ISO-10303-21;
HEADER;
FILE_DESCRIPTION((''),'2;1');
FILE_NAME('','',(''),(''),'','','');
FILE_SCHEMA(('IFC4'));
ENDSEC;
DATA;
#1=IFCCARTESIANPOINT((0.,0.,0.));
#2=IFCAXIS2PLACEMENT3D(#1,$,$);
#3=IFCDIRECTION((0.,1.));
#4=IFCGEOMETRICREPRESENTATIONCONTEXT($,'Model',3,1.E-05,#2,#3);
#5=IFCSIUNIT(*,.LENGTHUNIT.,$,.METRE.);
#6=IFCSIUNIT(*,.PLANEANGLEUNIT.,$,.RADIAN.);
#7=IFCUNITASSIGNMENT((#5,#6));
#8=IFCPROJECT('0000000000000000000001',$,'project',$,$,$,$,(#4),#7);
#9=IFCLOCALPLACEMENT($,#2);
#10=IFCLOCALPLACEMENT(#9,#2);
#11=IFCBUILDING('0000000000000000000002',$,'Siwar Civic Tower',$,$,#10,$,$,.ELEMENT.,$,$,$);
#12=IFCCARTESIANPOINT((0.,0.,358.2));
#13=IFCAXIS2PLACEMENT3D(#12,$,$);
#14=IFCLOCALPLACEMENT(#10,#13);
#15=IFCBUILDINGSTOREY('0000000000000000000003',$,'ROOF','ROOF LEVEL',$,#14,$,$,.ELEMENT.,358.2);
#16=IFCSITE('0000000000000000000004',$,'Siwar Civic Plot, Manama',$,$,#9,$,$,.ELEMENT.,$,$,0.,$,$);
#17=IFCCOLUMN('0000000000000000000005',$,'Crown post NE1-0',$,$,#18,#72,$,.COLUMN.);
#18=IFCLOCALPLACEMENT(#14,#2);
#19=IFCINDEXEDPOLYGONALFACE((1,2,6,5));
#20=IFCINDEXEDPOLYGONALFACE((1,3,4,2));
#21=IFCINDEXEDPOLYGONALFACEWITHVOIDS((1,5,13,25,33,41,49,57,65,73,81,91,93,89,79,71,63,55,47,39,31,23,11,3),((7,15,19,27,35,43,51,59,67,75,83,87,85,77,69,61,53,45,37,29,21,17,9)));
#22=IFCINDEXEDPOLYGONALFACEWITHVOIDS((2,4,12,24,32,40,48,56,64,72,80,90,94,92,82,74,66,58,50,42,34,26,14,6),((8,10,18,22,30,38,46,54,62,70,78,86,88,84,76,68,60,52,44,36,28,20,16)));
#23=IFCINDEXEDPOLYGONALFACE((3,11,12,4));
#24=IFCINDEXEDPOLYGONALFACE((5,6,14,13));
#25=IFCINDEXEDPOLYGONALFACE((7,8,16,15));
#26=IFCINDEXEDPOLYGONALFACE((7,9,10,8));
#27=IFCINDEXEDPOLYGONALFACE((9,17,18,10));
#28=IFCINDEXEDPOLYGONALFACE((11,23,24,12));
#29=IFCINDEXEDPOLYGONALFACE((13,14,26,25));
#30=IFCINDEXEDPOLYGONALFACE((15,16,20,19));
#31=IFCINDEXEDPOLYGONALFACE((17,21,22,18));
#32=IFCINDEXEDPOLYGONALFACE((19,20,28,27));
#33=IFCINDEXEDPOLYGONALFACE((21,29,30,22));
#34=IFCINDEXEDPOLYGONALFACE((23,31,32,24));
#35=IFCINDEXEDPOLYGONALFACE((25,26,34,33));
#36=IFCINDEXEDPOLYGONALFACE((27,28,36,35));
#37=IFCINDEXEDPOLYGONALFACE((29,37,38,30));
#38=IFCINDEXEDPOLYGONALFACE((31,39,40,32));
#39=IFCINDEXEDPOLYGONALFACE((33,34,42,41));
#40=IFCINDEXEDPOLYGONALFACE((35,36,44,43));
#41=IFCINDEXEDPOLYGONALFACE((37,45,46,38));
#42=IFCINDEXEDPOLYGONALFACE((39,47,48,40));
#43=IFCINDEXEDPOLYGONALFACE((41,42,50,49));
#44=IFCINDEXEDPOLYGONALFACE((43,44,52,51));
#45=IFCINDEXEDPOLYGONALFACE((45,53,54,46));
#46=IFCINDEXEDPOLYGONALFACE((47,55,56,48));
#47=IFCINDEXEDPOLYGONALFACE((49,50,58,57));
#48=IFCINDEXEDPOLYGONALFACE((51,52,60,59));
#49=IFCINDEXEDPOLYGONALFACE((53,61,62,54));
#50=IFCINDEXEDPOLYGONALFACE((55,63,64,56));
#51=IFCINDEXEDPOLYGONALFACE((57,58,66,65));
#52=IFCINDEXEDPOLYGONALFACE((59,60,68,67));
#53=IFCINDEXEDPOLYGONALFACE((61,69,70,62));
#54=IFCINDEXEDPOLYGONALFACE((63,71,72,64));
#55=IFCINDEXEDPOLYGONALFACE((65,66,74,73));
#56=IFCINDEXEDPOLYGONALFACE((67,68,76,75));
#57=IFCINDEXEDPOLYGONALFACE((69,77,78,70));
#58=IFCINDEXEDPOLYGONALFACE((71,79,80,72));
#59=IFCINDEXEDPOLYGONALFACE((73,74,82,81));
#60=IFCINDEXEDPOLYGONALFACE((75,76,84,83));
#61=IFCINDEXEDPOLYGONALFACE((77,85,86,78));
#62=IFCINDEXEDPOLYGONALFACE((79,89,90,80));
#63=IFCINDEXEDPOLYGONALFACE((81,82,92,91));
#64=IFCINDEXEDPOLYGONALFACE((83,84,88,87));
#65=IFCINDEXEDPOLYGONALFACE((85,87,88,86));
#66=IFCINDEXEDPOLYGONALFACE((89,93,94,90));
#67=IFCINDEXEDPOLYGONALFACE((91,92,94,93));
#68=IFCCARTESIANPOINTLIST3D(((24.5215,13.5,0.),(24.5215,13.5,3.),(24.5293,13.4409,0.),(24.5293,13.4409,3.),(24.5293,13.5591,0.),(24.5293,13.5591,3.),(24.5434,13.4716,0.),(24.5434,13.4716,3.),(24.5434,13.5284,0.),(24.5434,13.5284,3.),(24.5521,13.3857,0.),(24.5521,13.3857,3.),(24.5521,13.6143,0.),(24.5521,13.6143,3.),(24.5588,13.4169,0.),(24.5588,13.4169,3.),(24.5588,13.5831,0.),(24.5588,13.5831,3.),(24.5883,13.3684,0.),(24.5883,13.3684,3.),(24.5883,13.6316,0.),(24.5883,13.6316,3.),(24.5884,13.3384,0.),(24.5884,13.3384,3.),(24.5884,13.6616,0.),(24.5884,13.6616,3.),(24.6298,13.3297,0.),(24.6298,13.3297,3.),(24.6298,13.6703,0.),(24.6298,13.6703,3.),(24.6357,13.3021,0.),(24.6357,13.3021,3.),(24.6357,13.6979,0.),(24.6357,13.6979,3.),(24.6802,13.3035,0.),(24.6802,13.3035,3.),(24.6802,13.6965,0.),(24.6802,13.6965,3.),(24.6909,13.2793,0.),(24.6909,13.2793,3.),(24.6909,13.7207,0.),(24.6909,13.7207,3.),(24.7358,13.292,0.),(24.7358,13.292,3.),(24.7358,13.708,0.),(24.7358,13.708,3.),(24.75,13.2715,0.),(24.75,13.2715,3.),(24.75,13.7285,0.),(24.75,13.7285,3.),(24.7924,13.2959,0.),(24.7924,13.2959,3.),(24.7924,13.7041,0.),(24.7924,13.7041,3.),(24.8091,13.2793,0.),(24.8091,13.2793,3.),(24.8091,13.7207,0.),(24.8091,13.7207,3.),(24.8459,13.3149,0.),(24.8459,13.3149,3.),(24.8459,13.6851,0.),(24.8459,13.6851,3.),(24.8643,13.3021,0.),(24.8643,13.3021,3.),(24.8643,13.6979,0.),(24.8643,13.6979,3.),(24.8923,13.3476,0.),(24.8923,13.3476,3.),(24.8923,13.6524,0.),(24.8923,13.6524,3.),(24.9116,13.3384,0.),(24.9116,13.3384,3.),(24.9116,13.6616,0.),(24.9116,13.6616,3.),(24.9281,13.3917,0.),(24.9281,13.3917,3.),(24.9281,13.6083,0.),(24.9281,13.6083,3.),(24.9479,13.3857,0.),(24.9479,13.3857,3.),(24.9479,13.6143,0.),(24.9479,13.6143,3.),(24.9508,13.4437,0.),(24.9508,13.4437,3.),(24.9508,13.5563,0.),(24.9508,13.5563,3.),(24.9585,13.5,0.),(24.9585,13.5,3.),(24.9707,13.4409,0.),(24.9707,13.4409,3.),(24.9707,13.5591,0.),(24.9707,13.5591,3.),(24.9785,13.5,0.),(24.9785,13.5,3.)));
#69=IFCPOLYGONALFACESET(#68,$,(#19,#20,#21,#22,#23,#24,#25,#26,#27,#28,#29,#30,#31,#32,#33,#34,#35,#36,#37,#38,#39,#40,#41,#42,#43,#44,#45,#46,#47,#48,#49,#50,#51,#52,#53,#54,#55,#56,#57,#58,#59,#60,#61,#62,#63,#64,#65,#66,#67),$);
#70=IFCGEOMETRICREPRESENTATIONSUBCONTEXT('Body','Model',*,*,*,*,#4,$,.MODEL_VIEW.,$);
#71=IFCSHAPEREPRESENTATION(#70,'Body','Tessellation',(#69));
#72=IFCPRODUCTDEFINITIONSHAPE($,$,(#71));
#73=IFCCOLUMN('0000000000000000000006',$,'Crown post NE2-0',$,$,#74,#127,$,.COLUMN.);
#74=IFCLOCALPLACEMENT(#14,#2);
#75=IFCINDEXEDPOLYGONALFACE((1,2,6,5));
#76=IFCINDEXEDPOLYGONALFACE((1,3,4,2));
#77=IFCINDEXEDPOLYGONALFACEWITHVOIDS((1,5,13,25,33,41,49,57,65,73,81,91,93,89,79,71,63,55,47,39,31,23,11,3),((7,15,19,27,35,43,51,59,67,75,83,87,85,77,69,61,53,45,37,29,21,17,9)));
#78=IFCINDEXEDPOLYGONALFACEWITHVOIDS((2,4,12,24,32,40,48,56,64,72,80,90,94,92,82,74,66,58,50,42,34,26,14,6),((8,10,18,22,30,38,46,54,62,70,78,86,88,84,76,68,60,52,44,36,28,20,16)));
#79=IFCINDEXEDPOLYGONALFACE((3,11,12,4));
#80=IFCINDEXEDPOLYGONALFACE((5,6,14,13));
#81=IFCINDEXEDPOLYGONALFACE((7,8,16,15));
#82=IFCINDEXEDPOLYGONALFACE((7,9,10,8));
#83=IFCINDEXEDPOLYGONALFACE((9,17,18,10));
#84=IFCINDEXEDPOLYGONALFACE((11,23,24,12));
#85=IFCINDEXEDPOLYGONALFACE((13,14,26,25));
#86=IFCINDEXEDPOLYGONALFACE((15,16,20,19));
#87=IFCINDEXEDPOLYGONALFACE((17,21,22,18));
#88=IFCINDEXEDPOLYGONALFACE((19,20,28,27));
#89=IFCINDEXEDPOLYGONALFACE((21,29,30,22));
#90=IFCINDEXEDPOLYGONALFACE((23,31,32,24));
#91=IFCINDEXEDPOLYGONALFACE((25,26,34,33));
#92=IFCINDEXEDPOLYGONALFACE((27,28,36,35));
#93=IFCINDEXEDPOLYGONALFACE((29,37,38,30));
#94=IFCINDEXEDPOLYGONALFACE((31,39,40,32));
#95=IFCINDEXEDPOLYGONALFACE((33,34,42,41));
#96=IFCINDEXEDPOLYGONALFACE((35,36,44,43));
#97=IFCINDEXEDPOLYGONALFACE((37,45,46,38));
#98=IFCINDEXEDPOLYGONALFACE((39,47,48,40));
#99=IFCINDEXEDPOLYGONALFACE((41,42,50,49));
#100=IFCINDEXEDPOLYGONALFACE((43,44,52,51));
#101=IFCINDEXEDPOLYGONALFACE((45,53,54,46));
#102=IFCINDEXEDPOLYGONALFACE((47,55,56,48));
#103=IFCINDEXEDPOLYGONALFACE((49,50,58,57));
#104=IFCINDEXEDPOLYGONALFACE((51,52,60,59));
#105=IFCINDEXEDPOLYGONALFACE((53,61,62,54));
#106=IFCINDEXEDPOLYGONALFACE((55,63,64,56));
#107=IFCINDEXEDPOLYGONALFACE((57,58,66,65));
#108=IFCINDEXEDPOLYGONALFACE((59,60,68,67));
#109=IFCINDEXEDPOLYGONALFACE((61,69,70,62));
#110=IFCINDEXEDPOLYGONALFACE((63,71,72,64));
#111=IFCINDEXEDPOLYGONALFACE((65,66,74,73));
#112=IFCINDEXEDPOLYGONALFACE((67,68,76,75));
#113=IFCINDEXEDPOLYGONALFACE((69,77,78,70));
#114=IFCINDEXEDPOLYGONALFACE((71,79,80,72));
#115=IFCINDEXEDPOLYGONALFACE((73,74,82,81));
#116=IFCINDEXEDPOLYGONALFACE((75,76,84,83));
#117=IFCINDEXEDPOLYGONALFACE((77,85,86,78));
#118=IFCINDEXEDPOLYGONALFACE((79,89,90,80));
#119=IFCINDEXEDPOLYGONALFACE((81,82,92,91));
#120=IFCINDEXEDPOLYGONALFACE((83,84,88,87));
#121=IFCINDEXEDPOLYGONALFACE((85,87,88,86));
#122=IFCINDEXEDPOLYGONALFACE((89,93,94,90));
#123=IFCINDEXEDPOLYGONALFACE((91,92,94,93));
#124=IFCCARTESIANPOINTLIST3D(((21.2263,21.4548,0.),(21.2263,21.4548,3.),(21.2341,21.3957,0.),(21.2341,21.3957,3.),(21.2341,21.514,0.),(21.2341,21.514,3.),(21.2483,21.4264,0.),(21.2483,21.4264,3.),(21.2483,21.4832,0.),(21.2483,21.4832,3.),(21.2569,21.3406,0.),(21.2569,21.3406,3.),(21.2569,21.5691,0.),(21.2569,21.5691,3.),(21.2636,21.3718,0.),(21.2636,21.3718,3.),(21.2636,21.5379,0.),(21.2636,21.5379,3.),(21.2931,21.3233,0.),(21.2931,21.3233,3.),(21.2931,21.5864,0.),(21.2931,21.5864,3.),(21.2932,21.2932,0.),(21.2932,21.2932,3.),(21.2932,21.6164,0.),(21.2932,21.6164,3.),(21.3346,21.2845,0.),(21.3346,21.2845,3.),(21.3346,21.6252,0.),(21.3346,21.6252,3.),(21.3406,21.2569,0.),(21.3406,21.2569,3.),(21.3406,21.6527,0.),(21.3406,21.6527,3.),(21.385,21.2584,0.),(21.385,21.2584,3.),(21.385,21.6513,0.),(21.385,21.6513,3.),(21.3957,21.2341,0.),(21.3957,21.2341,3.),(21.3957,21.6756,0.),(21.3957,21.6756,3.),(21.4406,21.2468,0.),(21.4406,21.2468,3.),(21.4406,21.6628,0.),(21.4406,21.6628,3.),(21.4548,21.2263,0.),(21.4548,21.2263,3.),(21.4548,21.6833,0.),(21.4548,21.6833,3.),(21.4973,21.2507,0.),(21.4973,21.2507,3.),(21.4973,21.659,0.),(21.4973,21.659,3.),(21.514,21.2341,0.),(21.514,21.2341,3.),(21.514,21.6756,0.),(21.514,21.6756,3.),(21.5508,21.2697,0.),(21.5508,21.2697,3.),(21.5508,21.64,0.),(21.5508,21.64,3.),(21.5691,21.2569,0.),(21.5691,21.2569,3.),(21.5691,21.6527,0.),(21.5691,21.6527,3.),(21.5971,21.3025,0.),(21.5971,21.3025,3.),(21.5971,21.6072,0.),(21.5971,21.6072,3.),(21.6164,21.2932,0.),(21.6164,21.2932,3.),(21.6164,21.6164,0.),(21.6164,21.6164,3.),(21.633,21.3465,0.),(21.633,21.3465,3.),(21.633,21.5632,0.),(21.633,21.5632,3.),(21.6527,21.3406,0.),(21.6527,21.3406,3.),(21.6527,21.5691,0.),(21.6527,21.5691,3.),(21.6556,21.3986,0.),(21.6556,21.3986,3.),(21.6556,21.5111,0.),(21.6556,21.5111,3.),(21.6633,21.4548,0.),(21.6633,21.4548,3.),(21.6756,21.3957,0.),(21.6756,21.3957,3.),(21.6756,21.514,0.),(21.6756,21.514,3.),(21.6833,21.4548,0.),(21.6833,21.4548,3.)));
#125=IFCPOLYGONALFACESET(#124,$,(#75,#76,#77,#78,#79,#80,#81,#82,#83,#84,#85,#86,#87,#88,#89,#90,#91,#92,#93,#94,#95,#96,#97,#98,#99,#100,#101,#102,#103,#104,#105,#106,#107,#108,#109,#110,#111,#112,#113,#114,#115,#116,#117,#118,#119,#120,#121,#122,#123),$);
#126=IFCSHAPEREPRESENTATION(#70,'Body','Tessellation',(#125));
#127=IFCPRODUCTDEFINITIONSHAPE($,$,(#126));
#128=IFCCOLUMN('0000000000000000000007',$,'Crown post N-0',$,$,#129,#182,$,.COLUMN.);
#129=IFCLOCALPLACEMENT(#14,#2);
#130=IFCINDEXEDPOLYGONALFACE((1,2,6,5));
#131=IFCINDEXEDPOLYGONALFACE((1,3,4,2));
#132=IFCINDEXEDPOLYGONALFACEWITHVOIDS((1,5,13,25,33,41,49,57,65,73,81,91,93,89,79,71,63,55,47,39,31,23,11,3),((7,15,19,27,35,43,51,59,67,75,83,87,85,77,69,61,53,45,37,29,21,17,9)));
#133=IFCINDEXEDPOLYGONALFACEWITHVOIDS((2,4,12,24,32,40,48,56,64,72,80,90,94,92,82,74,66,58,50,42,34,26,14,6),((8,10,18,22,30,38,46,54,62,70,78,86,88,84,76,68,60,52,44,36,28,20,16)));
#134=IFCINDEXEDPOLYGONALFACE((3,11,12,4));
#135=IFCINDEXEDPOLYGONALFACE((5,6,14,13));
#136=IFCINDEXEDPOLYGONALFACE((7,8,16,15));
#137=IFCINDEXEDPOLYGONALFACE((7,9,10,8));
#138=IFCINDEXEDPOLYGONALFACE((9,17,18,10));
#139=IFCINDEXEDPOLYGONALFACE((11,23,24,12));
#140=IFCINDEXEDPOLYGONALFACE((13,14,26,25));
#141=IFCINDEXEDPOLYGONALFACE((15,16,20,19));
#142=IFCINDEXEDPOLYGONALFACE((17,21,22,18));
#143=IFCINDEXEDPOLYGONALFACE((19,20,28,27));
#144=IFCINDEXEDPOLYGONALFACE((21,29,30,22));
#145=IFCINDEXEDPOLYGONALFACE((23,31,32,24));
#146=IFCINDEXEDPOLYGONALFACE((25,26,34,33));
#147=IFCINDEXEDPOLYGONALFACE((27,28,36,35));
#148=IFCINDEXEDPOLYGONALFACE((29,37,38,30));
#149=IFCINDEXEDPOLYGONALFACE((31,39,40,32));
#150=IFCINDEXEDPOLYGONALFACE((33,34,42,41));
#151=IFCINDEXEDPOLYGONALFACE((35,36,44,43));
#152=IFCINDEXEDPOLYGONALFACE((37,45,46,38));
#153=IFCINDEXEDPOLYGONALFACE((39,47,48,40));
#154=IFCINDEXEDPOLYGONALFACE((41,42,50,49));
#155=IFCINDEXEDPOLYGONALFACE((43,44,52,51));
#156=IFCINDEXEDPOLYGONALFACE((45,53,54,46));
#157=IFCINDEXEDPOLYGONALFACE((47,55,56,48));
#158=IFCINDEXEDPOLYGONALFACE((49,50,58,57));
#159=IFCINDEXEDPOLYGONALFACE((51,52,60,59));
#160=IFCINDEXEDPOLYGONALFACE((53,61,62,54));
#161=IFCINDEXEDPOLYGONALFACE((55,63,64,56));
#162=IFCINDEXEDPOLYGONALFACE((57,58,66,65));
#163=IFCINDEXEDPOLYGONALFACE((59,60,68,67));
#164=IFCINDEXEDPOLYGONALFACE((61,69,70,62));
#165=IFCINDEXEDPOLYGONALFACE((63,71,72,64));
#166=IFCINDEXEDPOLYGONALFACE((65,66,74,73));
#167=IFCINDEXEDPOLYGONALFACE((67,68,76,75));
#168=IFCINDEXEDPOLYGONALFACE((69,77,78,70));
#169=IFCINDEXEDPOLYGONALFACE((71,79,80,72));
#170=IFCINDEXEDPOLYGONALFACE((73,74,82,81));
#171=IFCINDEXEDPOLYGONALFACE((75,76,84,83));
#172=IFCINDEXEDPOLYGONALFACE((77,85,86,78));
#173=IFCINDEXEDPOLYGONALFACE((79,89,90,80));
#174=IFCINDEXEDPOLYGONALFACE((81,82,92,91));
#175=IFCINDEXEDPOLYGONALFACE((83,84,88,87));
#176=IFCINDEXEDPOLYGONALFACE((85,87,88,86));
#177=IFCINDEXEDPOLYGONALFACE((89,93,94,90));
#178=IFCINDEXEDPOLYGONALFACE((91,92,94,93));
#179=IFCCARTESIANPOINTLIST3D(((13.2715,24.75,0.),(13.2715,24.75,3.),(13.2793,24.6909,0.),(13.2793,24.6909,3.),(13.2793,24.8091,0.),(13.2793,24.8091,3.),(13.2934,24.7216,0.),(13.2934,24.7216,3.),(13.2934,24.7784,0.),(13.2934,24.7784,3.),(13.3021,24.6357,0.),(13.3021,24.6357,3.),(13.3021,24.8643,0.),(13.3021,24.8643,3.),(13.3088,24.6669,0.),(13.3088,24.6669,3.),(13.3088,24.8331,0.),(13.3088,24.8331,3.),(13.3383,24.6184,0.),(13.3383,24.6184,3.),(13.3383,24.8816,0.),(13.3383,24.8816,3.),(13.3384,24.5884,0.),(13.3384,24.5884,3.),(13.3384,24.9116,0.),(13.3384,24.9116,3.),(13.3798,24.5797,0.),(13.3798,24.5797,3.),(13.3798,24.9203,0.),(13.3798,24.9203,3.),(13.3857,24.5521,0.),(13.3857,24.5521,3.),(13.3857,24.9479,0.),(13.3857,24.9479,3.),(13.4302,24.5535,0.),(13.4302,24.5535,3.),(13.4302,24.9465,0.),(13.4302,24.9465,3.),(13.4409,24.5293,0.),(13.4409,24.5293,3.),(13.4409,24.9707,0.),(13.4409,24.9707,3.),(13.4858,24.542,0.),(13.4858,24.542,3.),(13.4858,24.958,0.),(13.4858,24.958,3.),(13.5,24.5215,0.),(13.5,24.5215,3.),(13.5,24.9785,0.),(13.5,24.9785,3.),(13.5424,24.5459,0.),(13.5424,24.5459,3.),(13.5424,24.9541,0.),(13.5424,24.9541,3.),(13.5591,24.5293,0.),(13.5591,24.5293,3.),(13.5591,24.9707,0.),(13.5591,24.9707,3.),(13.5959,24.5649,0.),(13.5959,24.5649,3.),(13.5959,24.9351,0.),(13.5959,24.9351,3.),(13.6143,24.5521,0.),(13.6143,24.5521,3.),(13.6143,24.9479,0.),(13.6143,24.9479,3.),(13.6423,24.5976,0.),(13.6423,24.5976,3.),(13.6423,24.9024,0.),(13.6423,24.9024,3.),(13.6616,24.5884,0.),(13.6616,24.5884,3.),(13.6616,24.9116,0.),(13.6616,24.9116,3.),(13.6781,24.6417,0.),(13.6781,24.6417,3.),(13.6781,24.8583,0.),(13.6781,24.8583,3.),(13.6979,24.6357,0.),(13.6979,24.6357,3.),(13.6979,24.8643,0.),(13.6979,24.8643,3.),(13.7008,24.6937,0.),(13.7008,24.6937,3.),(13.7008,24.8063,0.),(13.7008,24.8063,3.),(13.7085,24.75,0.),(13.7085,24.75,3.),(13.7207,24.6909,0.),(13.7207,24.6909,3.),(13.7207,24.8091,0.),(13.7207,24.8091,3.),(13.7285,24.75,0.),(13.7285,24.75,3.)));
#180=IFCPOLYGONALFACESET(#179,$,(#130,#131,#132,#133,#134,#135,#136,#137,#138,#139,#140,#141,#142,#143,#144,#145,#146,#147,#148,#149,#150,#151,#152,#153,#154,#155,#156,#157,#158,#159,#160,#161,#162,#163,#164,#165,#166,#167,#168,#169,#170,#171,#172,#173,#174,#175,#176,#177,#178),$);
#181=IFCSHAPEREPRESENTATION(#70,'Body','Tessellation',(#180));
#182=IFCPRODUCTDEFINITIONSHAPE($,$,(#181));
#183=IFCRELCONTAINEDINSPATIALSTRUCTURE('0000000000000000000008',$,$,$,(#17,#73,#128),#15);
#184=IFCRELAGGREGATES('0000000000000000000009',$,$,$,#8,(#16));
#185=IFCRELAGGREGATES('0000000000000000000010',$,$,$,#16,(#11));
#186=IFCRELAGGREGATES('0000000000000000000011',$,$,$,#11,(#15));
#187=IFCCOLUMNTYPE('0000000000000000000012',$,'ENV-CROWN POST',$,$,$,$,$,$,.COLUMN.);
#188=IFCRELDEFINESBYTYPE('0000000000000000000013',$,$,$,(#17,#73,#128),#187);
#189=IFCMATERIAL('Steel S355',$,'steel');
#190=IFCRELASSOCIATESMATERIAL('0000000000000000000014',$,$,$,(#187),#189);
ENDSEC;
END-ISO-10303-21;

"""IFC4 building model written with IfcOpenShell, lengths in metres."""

from ifc_helpers import new_model, si_unit, direction, frame, origin, origin_2d, place, context, subcontext, project, spatial, hollow_circle, extrude, material, material_profile, profile_set, type_object, element, save


model = new_model("IFC4")

# Units and contexts
model_context = context("Model", 3, precision=1e-05, world=origin(), true_north=direction((0.0, 1.0)))
body_context = subcontext(model_context, "Body", "Model", "MODEL_VIEW")
ifc_project = project(units=[si_unit("LENGTHUNIT", "METRE"), si_unit("PLANEANGLEUNIT", "RADIAN")], contexts=[model_context])

# Site, building, storey
site_placement = place(None, origin())
site = spatial("IfcSite", under=ifc_project, at=site_placement, Name="Siwar Civic Plot, Manama", CompositionType="ELEMENT", RefElevation=0.0)
building_placement = place(site_placement, origin())
building = spatial("IfcBuilding", under=site, at=building_placement, Name="Siwar Civic Tower", CompositionType="ELEMENT")
storey_placement = place(building_placement, frame((0.0, 0.0, 358.2)))
storey = spatial("IfcBuildingStorey", under=building, at=storey_placement, Name="ROOF", Description="ROOF LEVEL", CompositionType="ELEMENT", Elevation=358.2)

# Columns
ifc_material_1 = material(Name="Steel S355", Category="steel")
ifc_material_profile = material_profile(ifc_material_1, hollow_circle(Radius=0.2285, WallThickness=0.02, at=origin_2d()), Name="CHS457x20")
ifc_profile_set = profile_set([ifc_material_profile], Name="Steel S355")
column_type = type_object("IfcColumnType", Name="ENV-CROWN POST", PredefinedType="COLUMN", material=ifc_profile_set)
for number, where, z_axis, x_axis, name in (
    (1, (24.75, 13.5, 0.0), (0.0, 0.0, 1.0), (1.0, 0.0, 0.0), "Crown post NE1-0"),
    (2, (21.4548, 21.4548, 0.0), (0.0, 0.0, 1.0), (1.0, 0.0, 0.0), "Crown post NE2-0"),
    (3, (13.5, 24.75, 0.0), (0.0, 0.0, 1.0), (1.0, 0.0, 0.0), "Crown post N-0"),
):
    element("IfcColumn", number, at=place(storey_placement, frame(where, z_axis=z_axis, x_axis=x_axis)), inside=storey, type_object=column_type, Name=name, PredefinedType="COLUMN", context=body_context, shape_type="SweptSolid", body=[
        extrude(hollow_circle(Radius=0.2285, WallThickness=0.02, at=origin_2d()), origin(), (0.0, 0.0, 1.0), 3.0),
    ])

save(model, "model.ifc")
